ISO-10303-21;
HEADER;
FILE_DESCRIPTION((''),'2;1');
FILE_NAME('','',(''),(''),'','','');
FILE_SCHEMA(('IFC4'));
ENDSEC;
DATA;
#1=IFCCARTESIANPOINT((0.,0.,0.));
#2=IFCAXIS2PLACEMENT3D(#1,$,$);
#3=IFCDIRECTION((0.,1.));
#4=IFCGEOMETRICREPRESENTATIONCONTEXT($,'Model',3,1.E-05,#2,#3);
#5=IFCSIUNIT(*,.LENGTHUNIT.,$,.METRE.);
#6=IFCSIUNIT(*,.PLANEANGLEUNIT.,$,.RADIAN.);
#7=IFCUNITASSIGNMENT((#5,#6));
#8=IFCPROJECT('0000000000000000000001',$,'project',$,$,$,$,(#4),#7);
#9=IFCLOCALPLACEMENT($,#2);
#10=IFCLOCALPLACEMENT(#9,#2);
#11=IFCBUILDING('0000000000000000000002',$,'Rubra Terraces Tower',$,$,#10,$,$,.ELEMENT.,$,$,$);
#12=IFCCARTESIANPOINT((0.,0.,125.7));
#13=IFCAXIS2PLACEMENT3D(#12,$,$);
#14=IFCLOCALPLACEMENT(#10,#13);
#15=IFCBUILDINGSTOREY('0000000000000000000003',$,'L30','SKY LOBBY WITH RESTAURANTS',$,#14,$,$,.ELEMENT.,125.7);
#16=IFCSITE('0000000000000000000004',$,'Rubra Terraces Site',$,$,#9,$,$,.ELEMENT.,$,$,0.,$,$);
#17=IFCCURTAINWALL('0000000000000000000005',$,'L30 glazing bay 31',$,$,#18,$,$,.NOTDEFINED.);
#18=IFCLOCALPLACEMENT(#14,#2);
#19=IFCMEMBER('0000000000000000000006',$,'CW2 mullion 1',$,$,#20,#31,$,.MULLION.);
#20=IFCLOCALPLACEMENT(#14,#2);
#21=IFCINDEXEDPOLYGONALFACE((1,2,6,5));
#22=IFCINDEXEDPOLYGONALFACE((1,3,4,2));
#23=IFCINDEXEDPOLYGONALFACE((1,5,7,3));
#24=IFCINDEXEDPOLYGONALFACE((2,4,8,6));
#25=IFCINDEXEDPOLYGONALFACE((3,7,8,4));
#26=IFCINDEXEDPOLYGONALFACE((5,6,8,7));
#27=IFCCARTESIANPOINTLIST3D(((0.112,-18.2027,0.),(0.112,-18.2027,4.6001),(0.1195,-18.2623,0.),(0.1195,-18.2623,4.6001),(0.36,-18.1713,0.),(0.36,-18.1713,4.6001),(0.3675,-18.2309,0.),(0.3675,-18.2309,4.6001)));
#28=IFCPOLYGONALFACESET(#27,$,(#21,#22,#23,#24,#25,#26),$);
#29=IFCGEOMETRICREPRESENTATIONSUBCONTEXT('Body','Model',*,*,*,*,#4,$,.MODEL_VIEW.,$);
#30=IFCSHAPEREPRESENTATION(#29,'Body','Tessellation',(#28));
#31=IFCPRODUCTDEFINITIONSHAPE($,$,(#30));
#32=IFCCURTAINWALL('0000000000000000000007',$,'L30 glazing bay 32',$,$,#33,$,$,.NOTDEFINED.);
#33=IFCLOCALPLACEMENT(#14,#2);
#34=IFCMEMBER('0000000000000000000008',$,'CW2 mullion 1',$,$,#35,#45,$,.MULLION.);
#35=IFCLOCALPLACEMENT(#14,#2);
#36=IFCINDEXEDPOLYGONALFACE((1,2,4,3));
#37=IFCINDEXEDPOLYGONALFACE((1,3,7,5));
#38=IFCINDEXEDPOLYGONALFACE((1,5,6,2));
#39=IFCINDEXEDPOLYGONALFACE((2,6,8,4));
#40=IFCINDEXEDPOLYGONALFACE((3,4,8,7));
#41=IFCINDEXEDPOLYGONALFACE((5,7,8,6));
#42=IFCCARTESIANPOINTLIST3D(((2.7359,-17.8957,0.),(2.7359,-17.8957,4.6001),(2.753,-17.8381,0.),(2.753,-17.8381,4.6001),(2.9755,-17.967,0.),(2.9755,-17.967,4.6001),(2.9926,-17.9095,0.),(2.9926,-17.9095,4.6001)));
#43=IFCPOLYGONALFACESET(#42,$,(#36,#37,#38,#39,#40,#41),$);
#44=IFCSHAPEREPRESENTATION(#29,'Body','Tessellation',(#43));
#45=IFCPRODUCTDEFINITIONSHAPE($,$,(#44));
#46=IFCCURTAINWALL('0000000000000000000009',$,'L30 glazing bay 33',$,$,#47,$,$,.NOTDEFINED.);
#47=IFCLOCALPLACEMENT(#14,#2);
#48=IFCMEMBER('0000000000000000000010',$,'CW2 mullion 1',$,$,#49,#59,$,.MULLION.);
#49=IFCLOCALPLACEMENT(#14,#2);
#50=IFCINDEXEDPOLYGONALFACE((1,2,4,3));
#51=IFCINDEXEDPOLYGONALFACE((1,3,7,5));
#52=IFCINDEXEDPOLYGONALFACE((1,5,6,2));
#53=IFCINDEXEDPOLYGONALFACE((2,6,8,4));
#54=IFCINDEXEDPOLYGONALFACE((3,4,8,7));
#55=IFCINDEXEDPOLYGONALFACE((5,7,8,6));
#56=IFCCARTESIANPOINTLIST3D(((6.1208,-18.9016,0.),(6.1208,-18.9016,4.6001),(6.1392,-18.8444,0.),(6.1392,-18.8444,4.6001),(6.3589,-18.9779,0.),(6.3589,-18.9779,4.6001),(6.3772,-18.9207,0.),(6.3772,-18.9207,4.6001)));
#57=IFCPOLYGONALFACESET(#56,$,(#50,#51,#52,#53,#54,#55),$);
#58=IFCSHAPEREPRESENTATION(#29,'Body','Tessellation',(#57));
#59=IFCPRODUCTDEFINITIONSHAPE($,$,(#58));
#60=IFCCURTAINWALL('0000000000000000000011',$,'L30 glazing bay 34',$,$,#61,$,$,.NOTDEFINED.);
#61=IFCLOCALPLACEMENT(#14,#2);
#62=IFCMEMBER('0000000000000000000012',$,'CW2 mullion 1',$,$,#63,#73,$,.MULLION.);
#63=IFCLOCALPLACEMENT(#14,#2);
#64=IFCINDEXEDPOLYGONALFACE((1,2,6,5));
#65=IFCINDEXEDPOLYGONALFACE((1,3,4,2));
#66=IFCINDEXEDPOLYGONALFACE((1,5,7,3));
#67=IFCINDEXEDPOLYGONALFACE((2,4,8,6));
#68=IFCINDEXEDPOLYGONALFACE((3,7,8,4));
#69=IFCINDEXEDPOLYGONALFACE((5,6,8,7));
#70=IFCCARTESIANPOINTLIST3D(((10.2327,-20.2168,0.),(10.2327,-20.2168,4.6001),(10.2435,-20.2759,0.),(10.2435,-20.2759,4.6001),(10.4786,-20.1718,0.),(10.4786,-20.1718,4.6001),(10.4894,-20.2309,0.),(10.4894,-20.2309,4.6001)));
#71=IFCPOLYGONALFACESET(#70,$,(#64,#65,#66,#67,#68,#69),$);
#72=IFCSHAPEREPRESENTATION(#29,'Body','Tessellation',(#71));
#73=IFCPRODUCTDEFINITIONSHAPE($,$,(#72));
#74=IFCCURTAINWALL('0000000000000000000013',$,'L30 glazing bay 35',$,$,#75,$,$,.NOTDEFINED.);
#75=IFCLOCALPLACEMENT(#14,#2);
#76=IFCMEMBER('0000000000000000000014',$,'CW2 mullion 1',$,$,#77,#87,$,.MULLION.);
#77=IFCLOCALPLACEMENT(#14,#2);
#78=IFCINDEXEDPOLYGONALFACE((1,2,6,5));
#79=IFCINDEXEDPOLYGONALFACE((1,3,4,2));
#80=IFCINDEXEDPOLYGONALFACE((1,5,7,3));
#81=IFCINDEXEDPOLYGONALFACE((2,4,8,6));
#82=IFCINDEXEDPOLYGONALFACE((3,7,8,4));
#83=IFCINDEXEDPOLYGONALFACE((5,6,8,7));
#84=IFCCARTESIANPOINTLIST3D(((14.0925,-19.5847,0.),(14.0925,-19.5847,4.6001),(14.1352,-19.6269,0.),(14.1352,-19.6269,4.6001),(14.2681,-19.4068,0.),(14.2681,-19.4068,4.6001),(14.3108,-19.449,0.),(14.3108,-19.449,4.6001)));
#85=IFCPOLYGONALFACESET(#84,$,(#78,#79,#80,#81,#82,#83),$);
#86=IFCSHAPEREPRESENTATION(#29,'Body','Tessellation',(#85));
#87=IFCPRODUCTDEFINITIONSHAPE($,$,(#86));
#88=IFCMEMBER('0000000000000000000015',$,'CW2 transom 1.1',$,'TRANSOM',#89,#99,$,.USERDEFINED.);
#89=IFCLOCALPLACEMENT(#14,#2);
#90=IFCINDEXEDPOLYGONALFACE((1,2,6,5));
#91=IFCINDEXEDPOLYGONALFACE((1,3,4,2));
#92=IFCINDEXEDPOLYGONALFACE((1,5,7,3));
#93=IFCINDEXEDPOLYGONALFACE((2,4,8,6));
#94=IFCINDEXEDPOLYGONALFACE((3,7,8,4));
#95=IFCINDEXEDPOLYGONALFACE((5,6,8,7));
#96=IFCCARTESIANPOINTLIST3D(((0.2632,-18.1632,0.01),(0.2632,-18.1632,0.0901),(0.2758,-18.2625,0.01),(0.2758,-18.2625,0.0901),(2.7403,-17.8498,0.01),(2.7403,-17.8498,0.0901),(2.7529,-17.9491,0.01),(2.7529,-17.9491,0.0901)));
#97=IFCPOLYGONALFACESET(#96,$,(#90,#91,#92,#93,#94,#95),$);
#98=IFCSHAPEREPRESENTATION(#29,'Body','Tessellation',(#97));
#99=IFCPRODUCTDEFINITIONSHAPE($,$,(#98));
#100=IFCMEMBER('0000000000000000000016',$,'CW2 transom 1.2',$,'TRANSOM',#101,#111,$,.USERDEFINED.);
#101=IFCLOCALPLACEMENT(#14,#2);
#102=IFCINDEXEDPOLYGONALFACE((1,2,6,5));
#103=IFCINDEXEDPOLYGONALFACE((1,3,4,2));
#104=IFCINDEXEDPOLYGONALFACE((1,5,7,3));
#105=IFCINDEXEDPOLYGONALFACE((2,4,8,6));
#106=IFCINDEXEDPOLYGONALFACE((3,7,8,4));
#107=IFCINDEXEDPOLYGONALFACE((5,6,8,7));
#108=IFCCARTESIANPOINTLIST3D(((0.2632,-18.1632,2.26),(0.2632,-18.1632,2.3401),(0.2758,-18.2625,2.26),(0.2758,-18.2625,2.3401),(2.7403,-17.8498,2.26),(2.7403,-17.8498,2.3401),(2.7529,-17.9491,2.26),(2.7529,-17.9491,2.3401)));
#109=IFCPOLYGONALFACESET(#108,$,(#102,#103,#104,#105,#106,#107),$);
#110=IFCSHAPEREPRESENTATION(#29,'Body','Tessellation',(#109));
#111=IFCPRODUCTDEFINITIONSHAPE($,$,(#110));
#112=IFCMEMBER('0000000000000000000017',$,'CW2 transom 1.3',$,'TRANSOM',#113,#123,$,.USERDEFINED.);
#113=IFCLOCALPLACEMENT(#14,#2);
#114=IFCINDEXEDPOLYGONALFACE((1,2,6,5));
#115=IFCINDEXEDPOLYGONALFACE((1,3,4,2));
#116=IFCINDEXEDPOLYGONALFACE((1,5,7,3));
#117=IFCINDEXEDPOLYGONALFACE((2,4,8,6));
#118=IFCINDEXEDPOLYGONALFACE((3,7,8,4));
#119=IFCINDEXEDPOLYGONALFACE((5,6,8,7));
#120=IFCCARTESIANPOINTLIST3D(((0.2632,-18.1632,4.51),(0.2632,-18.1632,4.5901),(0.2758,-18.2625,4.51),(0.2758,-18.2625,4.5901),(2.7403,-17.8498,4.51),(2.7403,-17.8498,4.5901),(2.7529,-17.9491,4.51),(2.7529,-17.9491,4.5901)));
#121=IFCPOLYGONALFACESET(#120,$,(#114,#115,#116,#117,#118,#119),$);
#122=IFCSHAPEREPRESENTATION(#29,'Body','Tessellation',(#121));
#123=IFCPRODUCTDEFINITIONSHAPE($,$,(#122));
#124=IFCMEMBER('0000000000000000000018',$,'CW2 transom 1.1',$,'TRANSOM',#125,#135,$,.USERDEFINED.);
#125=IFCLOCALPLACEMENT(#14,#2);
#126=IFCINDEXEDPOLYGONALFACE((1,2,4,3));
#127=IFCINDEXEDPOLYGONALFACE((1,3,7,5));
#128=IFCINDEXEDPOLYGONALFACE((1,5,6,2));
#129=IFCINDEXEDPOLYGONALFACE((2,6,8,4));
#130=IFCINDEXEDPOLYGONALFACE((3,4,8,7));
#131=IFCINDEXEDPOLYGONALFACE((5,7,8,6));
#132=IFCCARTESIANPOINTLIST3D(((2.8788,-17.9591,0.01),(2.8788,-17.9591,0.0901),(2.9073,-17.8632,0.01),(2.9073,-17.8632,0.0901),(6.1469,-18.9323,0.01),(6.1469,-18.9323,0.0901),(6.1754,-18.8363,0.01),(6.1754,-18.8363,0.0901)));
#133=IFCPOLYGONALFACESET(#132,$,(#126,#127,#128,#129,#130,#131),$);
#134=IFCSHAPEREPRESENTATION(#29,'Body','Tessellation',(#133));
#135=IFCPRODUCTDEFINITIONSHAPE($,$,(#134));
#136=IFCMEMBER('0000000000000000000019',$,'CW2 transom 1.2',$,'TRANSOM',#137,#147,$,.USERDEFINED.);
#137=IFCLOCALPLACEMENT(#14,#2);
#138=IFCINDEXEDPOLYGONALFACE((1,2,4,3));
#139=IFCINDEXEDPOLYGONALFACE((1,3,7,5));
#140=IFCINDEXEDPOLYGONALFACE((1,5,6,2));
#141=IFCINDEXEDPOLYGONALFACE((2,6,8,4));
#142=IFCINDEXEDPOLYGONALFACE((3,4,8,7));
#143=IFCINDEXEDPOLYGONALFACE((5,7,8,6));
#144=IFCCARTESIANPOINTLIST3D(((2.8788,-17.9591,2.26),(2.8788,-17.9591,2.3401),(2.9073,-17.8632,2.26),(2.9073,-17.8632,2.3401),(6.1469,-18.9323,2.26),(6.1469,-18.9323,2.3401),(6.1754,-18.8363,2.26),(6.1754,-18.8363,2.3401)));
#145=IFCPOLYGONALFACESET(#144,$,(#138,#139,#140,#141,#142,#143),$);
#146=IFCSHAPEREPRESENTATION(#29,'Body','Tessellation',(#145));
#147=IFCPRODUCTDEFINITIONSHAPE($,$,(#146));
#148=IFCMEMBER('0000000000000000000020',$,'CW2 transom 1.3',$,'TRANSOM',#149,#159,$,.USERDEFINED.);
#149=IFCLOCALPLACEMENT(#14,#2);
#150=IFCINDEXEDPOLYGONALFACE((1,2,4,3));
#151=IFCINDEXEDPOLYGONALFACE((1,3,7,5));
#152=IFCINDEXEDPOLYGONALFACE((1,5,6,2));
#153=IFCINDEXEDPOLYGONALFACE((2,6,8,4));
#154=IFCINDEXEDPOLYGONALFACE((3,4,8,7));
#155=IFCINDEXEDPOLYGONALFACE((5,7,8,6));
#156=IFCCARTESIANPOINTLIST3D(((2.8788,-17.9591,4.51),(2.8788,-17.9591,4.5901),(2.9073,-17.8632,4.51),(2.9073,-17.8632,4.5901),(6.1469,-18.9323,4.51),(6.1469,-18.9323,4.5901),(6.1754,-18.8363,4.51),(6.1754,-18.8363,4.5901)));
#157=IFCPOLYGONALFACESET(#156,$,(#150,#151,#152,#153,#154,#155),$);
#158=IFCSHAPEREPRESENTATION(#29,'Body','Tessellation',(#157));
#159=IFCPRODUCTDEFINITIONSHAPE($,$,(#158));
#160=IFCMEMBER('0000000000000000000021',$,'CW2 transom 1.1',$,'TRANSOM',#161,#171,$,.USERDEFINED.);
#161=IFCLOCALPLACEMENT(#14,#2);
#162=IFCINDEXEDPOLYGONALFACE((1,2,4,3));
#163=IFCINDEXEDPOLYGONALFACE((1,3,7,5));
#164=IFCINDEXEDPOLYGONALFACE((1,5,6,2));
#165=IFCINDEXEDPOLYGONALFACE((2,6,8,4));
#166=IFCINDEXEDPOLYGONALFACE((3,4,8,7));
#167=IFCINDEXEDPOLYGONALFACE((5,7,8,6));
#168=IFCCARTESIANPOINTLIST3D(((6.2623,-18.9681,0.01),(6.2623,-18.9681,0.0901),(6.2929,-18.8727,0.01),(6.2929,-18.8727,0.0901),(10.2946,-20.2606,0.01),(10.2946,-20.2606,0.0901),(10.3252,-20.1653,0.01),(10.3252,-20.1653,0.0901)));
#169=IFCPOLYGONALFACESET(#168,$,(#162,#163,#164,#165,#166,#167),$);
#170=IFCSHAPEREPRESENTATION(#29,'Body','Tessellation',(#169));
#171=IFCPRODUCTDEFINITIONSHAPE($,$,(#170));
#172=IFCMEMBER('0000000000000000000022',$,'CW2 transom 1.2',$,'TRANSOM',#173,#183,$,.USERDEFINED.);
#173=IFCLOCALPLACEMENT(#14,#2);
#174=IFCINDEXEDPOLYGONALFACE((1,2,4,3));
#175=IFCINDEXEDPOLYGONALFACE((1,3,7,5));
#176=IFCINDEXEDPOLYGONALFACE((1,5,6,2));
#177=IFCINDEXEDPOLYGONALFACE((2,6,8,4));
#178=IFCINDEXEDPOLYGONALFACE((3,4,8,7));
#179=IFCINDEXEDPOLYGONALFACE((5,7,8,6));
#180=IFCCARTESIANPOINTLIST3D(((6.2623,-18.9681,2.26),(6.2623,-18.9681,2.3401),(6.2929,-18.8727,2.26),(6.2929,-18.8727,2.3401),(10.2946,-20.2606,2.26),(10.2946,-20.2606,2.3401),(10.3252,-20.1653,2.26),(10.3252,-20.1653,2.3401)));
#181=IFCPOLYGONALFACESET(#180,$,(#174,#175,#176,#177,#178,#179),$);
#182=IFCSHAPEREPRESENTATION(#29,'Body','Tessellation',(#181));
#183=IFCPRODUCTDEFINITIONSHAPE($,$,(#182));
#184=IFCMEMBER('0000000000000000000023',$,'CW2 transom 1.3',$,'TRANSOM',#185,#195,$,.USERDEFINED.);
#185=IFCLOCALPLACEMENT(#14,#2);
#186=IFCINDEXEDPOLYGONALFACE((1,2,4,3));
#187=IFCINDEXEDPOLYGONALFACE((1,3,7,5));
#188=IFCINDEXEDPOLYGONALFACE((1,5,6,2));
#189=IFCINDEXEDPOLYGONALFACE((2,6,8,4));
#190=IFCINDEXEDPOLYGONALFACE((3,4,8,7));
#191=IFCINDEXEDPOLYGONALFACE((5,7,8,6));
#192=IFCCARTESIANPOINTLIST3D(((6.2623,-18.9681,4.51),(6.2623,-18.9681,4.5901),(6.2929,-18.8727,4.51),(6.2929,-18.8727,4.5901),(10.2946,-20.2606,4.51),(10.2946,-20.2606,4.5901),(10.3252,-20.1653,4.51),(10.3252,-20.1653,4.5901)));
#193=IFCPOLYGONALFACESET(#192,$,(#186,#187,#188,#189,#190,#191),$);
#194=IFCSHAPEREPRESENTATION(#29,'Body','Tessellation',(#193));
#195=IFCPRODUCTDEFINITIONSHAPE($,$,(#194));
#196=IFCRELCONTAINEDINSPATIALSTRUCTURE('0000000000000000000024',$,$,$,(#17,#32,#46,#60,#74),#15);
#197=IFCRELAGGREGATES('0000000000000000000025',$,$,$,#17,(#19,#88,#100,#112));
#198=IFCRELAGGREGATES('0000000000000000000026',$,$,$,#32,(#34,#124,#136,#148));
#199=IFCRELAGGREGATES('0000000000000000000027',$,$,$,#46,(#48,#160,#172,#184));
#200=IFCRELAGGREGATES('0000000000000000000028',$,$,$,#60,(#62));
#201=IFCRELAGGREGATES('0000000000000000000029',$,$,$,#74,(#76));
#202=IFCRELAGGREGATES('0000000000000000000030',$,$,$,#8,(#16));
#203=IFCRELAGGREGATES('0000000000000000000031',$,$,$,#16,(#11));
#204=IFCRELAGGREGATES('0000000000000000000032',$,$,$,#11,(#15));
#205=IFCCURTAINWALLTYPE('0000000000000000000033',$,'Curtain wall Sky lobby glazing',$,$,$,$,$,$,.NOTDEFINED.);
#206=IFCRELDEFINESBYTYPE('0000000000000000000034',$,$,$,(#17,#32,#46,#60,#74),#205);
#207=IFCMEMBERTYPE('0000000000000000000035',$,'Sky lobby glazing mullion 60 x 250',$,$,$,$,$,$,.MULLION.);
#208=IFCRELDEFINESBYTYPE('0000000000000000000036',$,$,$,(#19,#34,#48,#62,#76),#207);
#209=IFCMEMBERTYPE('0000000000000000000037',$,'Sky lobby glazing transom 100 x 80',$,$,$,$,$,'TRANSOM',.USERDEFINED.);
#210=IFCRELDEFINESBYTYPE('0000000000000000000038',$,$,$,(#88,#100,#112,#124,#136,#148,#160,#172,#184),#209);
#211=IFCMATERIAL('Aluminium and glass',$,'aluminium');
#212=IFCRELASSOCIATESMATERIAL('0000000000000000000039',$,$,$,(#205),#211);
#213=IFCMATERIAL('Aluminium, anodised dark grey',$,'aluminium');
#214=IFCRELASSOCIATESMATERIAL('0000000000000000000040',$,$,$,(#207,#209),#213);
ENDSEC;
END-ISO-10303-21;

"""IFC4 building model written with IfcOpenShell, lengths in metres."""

from ifc_helpers import new_model, si_unit, direction, frame, origin, origin_2d, place, context, subcontext, project, spatial, rectangle, extrude, material, material_profile, profile_set, type_object, element, aggregate, save


model = new_model("IFC4")

# Units and contexts
model_context = context("Model", 3, precision=1e-05, world=origin(), true_north=direction((0.0, 1.0)))
body_context = subcontext(model_context, "Body", "Model", "MODEL_VIEW")
ifc_project = project(units=[si_unit("LENGTHUNIT", "METRE"), si_unit("PLANEANGLEUNIT", "RADIAN")], contexts=[model_context])

# Site, building, storey
site_placement = place(None, origin())
site = spatial("IfcSite", under=ifc_project, at=site_placement, Name="Rubra Terraces Site", CompositionType="ELEMENT", RefElevation=0.0)
building_placement = place(site_placement, origin())
building = spatial("IfcBuilding", under=site, at=building_placement, Name="Rubra Terraces Tower", CompositionType="ELEMENT")
storey_placement = place(building_placement, frame((0.0, 0.0, 125.7)))
storey = spatial("IfcBuildingStorey", under=building, at=storey_placement, Name="L30", Description="SKY LOBBY WITH RESTAURANTS", CompositionType="ELEMENT", Elevation=125.7)

# Curtain walls, members
ifc_material_1 = material(Name="Aluminium and glass", Category="aluminium")
curtain_wall_type = type_object("IfcCurtainWallType", Name="Curtain wall Sky lobby glazing", PredefinedType="NOTDEFINED", material=ifc_material_1)
curtain_wall_1_placement = place(storey_placement, origin())
curtain_wall_1 = element("IfcCurtainWall", 1, at=curtain_wall_1_placement, inside=storey, type_object=curtain_wall_type, Name="L30 glazing bay 31", PredefinedType="NOTDEFINED")
ifc_material_2 = material(Name="Aluminium, anodised dark grey", Category="aluminium")
ifc_material_profile_1 = material_profile(ifc_material_2, rectangle(XDim=0.0601, YDim=0.25, at=origin_2d()), Name="AL 60x250")
ifc_profile_set_1 = profile_set([ifc_material_profile_1], Name="Aluminium, anodised dark grey")
member_type_1 = type_object("IfcMemberType", Name="Sky lobby glazing mullion 60 x 250", PredefinedType="MULLION", material=ifc_profile_set_1)
member_1_placement = place(storey_placement, frame((0.2397, -18.2168, 0.0), z_axis=(0.0, 0.0, 1.0), x_axis=(-0.12562, 0.992078, 0.0)))
member_1 = element("IfcMember", 2, at=member_1_placement, type_object=member_type_1, Name="CW2 mullion 1", PredefinedType="MULLION", context=body_context, shape_type="SweptSolid", body=[
    extrude(rectangle(XDim=0.0601, YDim=0.25, at=origin_2d()), origin(), (0.0, 0.0, 1.0), 4.6001),
])
curtain_wall_2_placement = place(storey_placement, origin())
curtain_wall_2 = element("IfcCurtainWall", 3, at=curtain_wall_2_placement, inside=storey, type_object=curtain_wall_type, Name="L30 glazing bay 32", PredefinedType="NOTDEFINED")
member_2_placement = place(storey_placement, frame((2.8643, -17.9026, 0.0), z_axis=(0.0, 0.0, 1.0), x_axis=(0.285416, 0.958404, 0.0)))
member_2 = element("IfcMember", 4, at=member_2_placement, type_object=member_type_1, Name="CW2 mullion 1", PredefinedType="MULLION", context=body_context, shape_type="SweptSolid", body=[
    extrude(rectangle(XDim=0.0601, YDim=0.25, at=origin_2d()), origin(), (0.0, 0.0, 1.0), 4.6001),
])
curtain_wall_3_placement = place(storey_placement, origin())
curtain_wall_3 = element("IfcCurtainWall", 5, at=curtain_wall_3_placement, inside=storey, type_object=curtain_wall_type, Name="L30 glazing bay 33", PredefinedType="NOTDEFINED")
member_3_placement = place(storey_placement, frame((6.249, -18.9111, 0.0), z_axis=(0.0, 0.0, 1.0), x_axis=(0.30528, 0.952263, 0.0)))
member_3 = element("IfcMember", 6, at=member_3_placement, type_object=member_type_1, Name="CW2 mullion 1", PredefinedType="MULLION", context=body_context, shape_type="SweptSolid", body=[
    extrude(rectangle(XDim=0.0601, YDim=0.25, at=origin_2d()), origin(), (0.0, 0.0, 1.0), 4.6001),
])
curtain_wall_4_placement = place(storey_placement, origin())
curtain_wall_4 = element("IfcCurtainWall", 7, at=curtain_wall_4_placement, inside=storey, type_object=curtain_wall_type, Name="L30 glazing bay 34", PredefinedType="NOTDEFINED")
member_4_placement = place(storey_placement, frame((10.3611, -20.2239, 0.0), z_axis=(0.0, 0.0, 1.0), x_axis=(-0.180087, 0.983651, 0.0)))
member_4 = element("IfcMember", 8, at=member_4_placement, type_object=member_type_1, Name="CW2 mullion 1", PredefinedType="MULLION", context=body_context, shape_type="SweptSolid", body=[
    extrude(rectangle(XDim=0.0601, YDim=0.25, at=origin_2d()), origin(), (0.0, 0.0, 1.0), 4.6001),
])
curtain_wall_5_placement = place(storey_placement, origin())
curtain_wall_5 = element("IfcCurtainWall", 9, at=curtain_wall_5_placement, inside=storey, type_object=curtain_wall_type, Name="L30 glazing bay 35", PredefinedType="NOTDEFINED")
member_5_placement = place(storey_placement, frame((14.2017, -19.5168, 0.0), z_axis=(0.0, 0.0, 1.0), x_axis=(-0.711711, 0.702472, 0.0)))
member_5 = element("IfcMember", 10, at=member_5_placement, type_object=member_type_1, Name="CW2 mullion 1", PredefinedType="MULLION", context=body_context, shape_type="SweptSolid", body=[
    extrude(rectangle(XDim=0.0601, YDim=0.25, at=origin_2d()), origin(), (0.0, 0.0, 1.0), 4.6001),
])

# Members
ifc_material_profile_2 = material_profile(ifc_material_2, rectangle(XDim=0.1001, YDim=0.0801, at=origin_2d()), Name="AL 100x80")
ifc_profile_set_2 = profile_set([ifc_material_profile_2], Name="Aluminium, anodised dark grey")
member_type_2 = type_object("IfcMemberType", Name="Sky lobby glazing transom 100 x 80", ElementType="TRANSOM", PredefinedType="USERDEFINED", material=ifc_profile_set_2)
member_6_placement = place(storey_placement, frame((0.2695, -18.2129, 0.05), z_axis=(0.992087, 0.125551, 0.0), x_axis=(-0.125551, 0.992087, 0.0)))
member_6 = element("IfcMember", 11, at=member_6_placement, type_object=member_type_2, Name="CW2 transom 1.1", ObjectType="TRANSOM", PredefinedType="USERDEFINED", context=body_context, shape_type="SweptSolid", body=[
    extrude(rectangle(XDim=0.1001, YDim=0.0801, at=origin_2d()), origin(), (0.0, 0.0, 1.0), 2.4968),
])
member_7_placement = place(storey_placement, frame((0.2695, -18.2129, 2.3), z_axis=(0.992087, 0.125551, 0.0), x_axis=(-0.125551, 0.992087, 0.0)))
member_7 = element("IfcMember", 12, at=member_7_placement, type_object=member_type_2, Name="CW2 transom 1.2", ObjectType="TRANSOM", PredefinedType="USERDEFINED", context=body_context, shape_type="SweptSolid", body=[
    extrude(rectangle(XDim=0.1001, YDim=0.0801, at=origin_2d()), origin(), (0.0, 0.0, 1.0), 2.4968),
])
member_8_placement = place(storey_placement, frame((0.2695, -18.2129, 4.55), z_axis=(0.992087, 0.125551, 0.0), x_axis=(-0.125551, 0.992087, 0.0)))
member_8 = element("IfcMember", 13, at=member_8_placement, type_object=member_type_2, Name="CW2 transom 1.3", ObjectType="TRANSOM", PredefinedType="USERDEFINED", context=body_context, shape_type="SweptSolid", body=[
    extrude(rectangle(XDim=0.1001, YDim=0.0801, at=origin_2d()), origin(), (0.0, 0.0, 1.0), 2.4968),
])
member_9_placement = place(storey_placement, frame((2.8931, -17.9111, 0.05), z_axis=(0.958412, -0.28539, 0.0), x_axis=(0.28539, 0.958412, 0.0)))
member_9 = element("IfcMember", 14, at=member_9_placement, type_object=member_type_2, Name="CW2 transom 1.1", ObjectType="TRANSOM", PredefinedType="USERDEFINED", context=body_context, shape_type="SweptSolid", body=[
    extrude(rectangle(XDim=0.1001, YDim=0.0801, at=origin_2d()), origin(), (0.0, 0.0, 1.0), 3.4099),
])
member_10_placement = place(storey_placement, frame((2.8931, -17.9111, 2.3), z_axis=(0.958412, -0.28539, 0.0), x_axis=(0.28539, 0.958412, 0.0)))
member_10 = element("IfcMember", 15, at=member_10_placement, type_object=member_type_2, Name="CW2 transom 1.2", ObjectType="TRANSOM", PredefinedType="USERDEFINED", context=body_context, shape_type="SweptSolid", body=[
    extrude(rectangle(XDim=0.1001, YDim=0.0801, at=origin_2d()), origin(), (0.0, 0.0, 1.0), 3.4099),
])
member_11_placement = place(storey_placement, frame((2.8931, -17.9111, 4.55), z_axis=(0.958412, -0.28539, 0.0), x_axis=(0.28539, 0.958412, 0.0)))
member_11 = element("IfcMember", 16, at=member_11_placement, type_object=member_type_2, Name="CW2 transom 1.3", ObjectType="TRANSOM", PredefinedType="USERDEFINED", context=body_context, shape_type="SweptSolid", body=[
    extrude(rectangle(XDim=0.1001, YDim=0.0801, at=origin_2d()), origin(), (0.0, 0.0, 1.0), 3.4099),
])
member_12_placement = place(storey_placement, frame((6.2776, -18.9204, 0.05), z_axis=(0.952275, -0.30524, 0.0), x_axis=(0.30524, 0.952275, 0.0)))
member_12 = element("IfcMember", 17, at=member_12_placement, type_object=member_type_2, Name="CW2 transom 1.1", ObjectType="TRANSOM", PredefinedType="USERDEFINED", context=body_context, shape_type="SweptSolid", body=[
    extrude(rectangle(XDim=0.1001, YDim=0.0801, at=origin_2d()), origin(), (0.0, 0.0, 1.0), 4.2344),
])
member_13_placement = place(storey_placement, frame((6.2776, -18.9204, 2.3), z_axis=(0.952275, -0.30524, 0.0), x_axis=(0.30524, 0.952275, 0.0)))
member_13 = element("IfcMember", 18, at=member_13_placement, type_object=member_type_2, Name="CW2 transom 1.2", ObjectType="TRANSOM", PredefinedType="USERDEFINED", context=body_context, shape_type="SweptSolid", body=[
    extrude(rectangle(XDim=0.1001, YDim=0.0801, at=origin_2d()), origin(), (0.0, 0.0, 1.0), 4.2344),
])
member_14_placement = place(storey_placement, frame((6.2776, -18.9204, 4.55), z_axis=(0.952275, -0.30524, 0.0), x_axis=(0.30524, 0.952275, 0.0)))
member_14 = element("IfcMember", 19, at=member_14_placement, type_object=member_type_2, Name="CW2 transom 1.3", ObjectType="TRANSOM", PredefinedType="USERDEFINED", context=body_context, shape_type="SweptSolid", body=[
    extrude(rectangle(XDim=0.1001, YDim=0.0801, at=origin_2d()), origin(), (0.0, 0.0, 1.0), 4.2344),
])

aggregate(curtain_wall_1, [member_1, member_6, member_7, member_8])
aggregate(curtain_wall_2, [member_2, member_9, member_10, member_11])
aggregate(curtain_wall_3, [member_3, member_12, member_13, member_14])
aggregate(curtain_wall_4, [member_4])
aggregate(curtain_wall_5, [member_5])

save(model, "model.ifc")
